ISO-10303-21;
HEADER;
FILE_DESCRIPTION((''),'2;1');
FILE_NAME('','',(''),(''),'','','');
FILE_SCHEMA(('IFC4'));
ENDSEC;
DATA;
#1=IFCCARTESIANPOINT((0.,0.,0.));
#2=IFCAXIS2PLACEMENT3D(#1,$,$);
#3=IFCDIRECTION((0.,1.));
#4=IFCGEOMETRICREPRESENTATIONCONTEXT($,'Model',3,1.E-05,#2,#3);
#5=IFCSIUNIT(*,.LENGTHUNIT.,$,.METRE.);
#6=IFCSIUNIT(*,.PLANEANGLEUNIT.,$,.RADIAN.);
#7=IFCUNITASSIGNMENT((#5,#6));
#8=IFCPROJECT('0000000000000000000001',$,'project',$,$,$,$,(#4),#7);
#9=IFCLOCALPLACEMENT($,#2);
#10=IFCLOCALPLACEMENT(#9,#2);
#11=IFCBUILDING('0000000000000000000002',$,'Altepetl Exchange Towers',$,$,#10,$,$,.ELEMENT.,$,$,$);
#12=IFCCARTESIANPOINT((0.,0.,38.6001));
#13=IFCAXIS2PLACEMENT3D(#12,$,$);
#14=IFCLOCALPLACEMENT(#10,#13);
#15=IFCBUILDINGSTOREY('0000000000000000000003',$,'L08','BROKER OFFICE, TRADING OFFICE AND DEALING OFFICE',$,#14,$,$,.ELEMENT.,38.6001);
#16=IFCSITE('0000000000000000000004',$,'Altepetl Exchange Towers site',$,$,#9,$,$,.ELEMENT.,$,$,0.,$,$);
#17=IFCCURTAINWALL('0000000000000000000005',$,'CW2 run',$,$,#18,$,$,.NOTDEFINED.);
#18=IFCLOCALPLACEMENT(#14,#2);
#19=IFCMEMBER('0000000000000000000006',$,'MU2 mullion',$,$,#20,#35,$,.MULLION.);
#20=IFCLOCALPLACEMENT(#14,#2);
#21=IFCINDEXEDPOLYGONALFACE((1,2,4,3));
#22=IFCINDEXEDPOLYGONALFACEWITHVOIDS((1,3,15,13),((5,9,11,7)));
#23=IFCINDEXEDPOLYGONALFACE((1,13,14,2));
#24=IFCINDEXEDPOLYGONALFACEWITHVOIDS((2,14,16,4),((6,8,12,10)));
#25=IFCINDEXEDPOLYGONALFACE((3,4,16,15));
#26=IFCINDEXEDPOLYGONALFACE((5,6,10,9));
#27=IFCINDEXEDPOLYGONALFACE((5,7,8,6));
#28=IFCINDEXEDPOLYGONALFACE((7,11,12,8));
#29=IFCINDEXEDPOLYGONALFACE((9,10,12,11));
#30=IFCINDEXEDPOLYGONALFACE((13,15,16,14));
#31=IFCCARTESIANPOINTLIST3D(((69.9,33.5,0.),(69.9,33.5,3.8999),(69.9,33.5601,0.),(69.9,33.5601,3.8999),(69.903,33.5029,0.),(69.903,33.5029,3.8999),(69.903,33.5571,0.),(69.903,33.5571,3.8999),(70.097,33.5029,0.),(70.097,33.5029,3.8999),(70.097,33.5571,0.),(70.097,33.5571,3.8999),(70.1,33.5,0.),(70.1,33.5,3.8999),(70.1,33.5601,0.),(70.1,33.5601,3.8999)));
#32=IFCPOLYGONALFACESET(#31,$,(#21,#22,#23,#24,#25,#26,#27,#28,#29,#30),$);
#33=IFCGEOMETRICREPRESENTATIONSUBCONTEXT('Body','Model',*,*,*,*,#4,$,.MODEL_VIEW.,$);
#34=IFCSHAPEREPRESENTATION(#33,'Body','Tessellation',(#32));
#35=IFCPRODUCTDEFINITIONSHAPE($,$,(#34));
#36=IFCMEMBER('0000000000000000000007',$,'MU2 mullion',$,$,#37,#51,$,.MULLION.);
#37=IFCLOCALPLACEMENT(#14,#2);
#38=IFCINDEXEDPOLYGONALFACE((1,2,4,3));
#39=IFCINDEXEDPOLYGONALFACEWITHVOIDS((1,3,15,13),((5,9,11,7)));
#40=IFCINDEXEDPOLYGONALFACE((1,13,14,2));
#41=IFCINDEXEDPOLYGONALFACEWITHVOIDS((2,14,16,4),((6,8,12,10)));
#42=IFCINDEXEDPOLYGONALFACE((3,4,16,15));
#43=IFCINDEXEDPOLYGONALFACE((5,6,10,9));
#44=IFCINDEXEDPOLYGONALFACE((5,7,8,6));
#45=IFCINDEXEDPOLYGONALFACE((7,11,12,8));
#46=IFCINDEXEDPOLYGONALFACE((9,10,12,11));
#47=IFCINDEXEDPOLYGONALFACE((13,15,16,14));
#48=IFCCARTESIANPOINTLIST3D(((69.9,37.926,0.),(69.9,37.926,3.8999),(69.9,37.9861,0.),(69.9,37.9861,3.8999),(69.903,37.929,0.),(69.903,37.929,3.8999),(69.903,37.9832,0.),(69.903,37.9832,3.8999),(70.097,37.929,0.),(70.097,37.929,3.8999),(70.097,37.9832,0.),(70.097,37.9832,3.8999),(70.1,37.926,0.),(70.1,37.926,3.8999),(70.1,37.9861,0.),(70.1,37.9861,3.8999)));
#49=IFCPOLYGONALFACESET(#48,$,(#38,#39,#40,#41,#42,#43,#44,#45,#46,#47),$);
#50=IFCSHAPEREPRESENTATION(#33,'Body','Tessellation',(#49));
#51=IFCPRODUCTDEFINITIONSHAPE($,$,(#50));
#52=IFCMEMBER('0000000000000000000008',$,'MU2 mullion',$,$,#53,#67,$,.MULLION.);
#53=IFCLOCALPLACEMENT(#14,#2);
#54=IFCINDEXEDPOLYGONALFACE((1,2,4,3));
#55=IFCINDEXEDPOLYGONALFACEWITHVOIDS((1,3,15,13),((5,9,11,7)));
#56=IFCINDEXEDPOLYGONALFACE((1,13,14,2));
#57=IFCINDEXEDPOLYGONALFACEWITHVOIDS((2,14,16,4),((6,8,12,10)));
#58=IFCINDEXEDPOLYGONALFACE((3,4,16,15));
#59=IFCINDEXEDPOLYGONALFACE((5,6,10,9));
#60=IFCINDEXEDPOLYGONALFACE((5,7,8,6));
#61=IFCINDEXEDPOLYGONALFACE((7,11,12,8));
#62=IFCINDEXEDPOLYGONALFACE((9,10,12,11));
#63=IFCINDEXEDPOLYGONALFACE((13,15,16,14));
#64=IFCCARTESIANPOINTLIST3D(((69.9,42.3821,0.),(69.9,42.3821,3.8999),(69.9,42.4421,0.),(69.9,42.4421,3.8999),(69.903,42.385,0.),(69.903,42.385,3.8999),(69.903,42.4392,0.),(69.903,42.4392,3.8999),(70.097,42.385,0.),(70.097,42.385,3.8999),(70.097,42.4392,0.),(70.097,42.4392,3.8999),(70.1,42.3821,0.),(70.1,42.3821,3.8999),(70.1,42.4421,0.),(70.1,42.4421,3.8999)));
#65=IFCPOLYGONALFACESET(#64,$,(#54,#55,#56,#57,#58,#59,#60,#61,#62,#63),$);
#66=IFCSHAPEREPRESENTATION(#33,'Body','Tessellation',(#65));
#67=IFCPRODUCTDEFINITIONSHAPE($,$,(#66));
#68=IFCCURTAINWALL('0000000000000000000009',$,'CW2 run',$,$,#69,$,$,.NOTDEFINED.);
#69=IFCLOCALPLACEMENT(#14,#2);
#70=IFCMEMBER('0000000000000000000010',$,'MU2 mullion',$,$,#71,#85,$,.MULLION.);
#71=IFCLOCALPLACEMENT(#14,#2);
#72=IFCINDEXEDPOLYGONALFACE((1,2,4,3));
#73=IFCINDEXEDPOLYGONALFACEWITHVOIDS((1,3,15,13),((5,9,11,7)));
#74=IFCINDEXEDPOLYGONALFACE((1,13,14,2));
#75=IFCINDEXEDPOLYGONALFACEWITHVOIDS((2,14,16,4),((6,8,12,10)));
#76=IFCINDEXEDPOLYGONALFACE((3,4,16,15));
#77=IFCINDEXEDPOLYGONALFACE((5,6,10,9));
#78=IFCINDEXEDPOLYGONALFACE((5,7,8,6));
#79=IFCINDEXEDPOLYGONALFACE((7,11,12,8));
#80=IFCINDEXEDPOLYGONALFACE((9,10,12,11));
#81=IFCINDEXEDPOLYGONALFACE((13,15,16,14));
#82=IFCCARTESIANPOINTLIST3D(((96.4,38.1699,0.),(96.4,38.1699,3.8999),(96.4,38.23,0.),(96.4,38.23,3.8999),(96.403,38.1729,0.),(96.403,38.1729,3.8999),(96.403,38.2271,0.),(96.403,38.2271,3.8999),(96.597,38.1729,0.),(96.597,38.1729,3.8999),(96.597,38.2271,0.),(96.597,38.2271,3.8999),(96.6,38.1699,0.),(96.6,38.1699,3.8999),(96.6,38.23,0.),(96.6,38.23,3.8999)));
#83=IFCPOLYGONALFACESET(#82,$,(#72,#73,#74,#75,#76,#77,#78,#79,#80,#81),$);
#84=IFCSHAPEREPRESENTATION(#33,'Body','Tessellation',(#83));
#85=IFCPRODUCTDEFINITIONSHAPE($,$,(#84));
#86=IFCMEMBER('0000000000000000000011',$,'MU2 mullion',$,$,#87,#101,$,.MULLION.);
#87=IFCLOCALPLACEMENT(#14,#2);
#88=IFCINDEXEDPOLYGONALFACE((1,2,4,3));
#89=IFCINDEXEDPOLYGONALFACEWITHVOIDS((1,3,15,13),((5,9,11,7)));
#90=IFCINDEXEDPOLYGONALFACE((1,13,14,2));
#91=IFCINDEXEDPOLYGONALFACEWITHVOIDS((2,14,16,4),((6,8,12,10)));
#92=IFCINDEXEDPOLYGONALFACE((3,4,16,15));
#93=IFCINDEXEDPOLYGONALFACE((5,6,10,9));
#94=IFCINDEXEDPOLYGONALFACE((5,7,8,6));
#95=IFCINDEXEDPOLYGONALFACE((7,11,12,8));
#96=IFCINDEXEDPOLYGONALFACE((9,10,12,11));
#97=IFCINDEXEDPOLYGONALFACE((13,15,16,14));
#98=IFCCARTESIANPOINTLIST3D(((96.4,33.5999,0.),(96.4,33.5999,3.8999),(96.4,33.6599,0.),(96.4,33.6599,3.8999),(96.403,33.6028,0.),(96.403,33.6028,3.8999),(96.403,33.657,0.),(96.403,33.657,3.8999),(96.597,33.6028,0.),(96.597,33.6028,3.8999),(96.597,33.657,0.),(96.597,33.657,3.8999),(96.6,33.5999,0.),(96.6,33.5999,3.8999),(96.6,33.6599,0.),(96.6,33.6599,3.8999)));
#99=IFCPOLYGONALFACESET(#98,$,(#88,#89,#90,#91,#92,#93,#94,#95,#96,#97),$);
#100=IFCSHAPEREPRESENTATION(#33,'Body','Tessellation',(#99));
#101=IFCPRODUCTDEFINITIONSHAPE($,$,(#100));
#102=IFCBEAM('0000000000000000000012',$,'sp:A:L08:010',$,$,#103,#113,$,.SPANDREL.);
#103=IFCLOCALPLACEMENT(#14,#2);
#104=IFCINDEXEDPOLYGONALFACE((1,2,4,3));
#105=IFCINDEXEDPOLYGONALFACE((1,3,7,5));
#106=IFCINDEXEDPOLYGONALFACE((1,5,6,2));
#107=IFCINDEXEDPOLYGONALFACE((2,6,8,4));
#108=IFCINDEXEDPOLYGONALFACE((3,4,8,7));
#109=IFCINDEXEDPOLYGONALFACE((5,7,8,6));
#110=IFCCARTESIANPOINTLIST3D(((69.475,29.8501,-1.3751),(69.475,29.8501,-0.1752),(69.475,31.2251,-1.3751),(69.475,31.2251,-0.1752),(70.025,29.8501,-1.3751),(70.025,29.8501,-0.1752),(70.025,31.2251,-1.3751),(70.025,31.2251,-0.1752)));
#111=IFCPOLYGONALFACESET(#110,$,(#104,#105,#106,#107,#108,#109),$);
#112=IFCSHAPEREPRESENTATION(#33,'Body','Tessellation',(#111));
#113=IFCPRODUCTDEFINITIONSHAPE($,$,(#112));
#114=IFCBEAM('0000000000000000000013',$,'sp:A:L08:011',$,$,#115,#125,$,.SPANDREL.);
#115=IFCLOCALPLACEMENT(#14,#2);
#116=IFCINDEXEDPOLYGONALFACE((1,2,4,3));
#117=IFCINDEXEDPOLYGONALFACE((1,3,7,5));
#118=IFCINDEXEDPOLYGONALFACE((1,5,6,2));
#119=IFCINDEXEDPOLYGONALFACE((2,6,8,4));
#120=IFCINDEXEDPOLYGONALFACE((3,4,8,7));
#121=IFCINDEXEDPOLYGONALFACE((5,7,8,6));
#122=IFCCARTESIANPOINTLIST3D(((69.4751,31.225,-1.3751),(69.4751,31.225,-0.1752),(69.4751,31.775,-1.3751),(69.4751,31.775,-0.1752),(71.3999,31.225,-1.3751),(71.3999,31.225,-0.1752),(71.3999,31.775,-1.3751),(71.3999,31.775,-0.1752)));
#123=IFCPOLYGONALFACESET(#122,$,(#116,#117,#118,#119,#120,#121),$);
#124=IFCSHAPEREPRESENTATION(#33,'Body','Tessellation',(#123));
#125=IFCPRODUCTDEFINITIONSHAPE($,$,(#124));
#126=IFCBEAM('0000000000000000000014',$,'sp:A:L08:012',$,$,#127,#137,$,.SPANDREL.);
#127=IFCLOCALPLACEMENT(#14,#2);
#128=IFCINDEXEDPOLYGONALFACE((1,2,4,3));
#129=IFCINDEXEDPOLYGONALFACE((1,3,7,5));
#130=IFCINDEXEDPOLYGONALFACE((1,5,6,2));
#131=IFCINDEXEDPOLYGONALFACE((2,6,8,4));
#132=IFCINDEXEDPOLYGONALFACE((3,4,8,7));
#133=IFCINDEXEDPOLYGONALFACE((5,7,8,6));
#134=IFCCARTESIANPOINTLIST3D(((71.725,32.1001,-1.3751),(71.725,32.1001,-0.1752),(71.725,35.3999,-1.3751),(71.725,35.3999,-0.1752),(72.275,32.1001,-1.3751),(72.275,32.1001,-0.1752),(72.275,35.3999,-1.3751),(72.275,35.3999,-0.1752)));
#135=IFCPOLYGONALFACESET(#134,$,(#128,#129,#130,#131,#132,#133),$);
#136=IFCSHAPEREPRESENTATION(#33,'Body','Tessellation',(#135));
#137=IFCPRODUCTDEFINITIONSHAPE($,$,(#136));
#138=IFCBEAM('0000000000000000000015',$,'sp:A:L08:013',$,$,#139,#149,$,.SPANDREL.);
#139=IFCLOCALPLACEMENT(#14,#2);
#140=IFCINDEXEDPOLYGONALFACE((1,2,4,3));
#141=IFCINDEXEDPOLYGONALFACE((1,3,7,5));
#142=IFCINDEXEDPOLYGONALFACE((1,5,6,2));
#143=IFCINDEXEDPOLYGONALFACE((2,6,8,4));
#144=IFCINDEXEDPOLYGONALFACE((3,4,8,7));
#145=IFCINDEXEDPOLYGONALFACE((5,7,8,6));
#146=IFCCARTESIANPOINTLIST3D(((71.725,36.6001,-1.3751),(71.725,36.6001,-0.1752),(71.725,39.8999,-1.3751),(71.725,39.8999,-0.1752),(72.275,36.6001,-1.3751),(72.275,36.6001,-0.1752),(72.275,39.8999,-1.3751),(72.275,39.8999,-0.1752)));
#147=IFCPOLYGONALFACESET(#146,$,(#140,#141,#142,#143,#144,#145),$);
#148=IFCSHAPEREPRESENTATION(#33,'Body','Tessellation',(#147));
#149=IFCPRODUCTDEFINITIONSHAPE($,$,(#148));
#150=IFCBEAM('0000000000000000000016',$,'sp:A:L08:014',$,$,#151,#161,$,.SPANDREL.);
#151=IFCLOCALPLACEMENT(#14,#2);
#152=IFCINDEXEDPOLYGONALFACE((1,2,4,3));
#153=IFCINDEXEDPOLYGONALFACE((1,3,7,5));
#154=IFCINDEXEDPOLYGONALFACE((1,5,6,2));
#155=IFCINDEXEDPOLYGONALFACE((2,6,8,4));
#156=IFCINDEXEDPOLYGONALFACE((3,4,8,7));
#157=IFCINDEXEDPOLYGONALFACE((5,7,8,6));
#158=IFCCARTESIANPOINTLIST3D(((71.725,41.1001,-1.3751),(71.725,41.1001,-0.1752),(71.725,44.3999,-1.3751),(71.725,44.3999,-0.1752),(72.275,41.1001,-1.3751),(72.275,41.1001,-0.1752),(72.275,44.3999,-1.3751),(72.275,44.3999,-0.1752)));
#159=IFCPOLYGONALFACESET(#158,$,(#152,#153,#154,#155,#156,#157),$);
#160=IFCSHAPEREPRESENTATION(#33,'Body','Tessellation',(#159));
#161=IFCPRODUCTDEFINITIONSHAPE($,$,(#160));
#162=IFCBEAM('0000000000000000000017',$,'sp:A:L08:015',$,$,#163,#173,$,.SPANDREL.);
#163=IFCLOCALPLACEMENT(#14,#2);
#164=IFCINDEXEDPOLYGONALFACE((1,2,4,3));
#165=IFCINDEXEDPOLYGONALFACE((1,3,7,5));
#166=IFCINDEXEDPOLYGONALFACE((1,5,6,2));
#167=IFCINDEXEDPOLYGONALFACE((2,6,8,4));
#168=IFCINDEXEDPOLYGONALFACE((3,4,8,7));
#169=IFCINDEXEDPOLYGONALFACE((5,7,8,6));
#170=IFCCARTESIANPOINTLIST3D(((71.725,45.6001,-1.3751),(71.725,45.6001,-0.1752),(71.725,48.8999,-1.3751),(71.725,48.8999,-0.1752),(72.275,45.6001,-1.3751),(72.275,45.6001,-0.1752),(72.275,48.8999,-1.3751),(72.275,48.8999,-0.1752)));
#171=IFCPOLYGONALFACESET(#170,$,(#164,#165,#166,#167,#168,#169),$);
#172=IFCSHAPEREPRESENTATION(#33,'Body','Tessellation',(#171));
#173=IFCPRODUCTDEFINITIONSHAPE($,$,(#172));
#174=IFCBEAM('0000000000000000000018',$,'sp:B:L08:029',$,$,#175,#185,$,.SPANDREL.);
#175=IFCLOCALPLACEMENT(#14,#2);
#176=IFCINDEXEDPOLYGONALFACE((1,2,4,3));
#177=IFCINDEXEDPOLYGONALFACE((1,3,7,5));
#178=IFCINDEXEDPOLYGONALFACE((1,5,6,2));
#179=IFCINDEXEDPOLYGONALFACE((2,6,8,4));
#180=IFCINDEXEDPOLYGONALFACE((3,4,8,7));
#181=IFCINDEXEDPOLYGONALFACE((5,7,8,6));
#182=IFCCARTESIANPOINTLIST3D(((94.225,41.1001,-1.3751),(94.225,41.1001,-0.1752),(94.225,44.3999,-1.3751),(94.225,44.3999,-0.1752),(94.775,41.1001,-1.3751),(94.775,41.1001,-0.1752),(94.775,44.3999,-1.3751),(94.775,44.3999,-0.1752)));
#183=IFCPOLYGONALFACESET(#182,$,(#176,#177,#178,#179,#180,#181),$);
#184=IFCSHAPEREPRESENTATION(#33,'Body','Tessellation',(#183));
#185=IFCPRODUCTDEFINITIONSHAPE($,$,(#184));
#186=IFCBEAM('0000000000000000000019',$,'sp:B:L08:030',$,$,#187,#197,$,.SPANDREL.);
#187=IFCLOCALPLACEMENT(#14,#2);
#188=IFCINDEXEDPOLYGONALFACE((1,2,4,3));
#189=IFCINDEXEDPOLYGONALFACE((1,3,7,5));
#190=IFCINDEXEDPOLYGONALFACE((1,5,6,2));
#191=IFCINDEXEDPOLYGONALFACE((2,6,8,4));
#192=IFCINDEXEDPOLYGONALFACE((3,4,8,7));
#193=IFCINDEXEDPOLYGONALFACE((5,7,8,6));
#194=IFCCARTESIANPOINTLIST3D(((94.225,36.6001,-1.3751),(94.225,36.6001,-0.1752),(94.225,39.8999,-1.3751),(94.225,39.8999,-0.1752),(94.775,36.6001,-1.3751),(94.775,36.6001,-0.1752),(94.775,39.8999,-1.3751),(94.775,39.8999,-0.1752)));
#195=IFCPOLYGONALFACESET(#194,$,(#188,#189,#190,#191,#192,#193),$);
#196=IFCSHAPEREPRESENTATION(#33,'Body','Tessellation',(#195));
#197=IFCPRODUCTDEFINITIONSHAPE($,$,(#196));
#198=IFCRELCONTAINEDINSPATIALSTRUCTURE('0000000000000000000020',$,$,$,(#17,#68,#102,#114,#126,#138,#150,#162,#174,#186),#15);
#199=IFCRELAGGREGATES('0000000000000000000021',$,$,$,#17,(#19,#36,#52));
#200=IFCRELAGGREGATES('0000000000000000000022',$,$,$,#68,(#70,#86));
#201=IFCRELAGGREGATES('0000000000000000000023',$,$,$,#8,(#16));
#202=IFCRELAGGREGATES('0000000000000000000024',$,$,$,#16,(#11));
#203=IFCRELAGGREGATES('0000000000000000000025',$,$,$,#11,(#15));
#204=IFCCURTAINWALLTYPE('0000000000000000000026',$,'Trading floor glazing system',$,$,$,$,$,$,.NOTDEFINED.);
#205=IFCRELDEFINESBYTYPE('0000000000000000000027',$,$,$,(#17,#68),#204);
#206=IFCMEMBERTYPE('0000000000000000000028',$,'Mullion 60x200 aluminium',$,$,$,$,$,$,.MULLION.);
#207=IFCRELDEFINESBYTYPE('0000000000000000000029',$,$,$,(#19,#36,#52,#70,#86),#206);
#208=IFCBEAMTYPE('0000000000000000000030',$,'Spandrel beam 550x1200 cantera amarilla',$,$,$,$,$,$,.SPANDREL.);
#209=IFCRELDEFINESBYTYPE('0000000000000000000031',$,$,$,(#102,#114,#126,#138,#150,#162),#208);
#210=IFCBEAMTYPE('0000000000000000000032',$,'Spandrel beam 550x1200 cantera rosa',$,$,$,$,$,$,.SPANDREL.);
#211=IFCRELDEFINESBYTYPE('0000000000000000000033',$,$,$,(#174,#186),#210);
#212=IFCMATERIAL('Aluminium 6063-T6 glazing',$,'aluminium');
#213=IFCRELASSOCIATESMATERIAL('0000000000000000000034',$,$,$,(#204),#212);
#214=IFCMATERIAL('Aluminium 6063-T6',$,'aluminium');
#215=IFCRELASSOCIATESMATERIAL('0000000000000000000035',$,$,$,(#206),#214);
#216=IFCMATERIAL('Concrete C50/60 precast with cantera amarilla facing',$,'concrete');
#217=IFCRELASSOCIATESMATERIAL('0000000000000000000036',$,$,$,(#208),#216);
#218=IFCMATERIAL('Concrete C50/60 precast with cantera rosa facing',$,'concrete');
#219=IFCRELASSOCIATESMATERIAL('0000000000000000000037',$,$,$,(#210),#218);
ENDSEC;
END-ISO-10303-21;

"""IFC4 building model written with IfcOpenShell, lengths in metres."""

from ifc_helpers import new_model, si_unit, direction, frame, origin, origin_2d, place, context, subcontext, project, spatial, rectangle, hollow_rectangle, extrude, material, material_profile, profile_set, type_object, element, aggregate, save


model = new_model("IFC4")

# Units and contexts
model_context = context("Model", 3, precision=1e-05, world=origin(), true_north=direction((0.0, 1.0)))
body_context = subcontext(model_context, "Body", "Model", "MODEL_VIEW")
ifc_project = project(units=[si_unit("LENGTHUNIT", "METRE"), si_unit("PLANEANGLEUNIT", "RADIAN")], contexts=[model_context])

# Site, building, storey
site_placement = place(None, origin())
site = spatial("IfcSite", under=ifc_project, at=site_placement, Name="Altepetl Exchange Towers site", CompositionType="ELEMENT", RefElevation=0.0)
building_placement = place(site_placement, origin())
building = spatial("IfcBuilding", under=site, at=building_placement, Name="Altepetl Exchange Towers", CompositionType="ELEMENT")
storey_placement = place(building_placement, frame((0.0, 0.0, 38.6001)))
storey = spatial("IfcBuildingStorey", under=building, at=storey_placement, Name="L08", Description="BROKER OFFICE, TRADING OFFICE AND DEALING OFFICE", CompositionType="ELEMENT", Elevation=38.6001)

# Curtain walls, members
ifc_material_1 = material(Name="Aluminium 6063-T6 glazing", Category="aluminium")
curtain_wall_type = type_object("IfcCurtainWallType", Name="Trading floor glazing system", PredefinedType="NOTDEFINED", material=ifc_material_1)
ifc_material_2 = material(Name="Aluminium 6063-T6", Category="aluminium")
ifc_material_profile_1 = material_profile(ifc_material_2, hollow_rectangle(XDim=0.0601, YDim=0.2, WallThickness=0.0029, at=origin_2d()), Name="Mullion 60x200 aluminium")
ifc_profile_set_1 = profile_set([ifc_material_profile_1], Name="Aluminium 6063-T6")
member_type = type_object("IfcMemberType", Name="Mullion 60x200 aluminium", PredefinedType="MULLION", material=ifc_profile_set_1)
curtain_wall_1_placement = place(storey_placement, origin())
curtain_wall_1 = element("IfcCurtainWall", 1, at=curtain_wall_1_placement, inside=storey, type_object=curtain_wall_type, Name="CW2 run", PredefinedType="NOTDEFINED")
member_1_placement = place(storey_placement, frame((70.0, 33.53, 0.0), z_axis=(0.0, 0.0, 1.0), x_axis=(0.0, 1.0, 0.0)))
member_1 = element("IfcMember", 2, at=member_1_placement, type_object=member_type, Name="MU2 mullion", PredefinedType="MULLION", context=body_context, shape_type="SweptSolid", body=[
    extrude(hollow_rectangle(XDim=0.0601, YDim=0.2, WallThickness=0.0029, at=origin_2d()), origin(), (0.0, 0.0, 1.0), 3.8999),
])
member_2_placement = place(storey_placement, frame((70.0, 37.9561, 0.0), z_axis=(0.0, 0.0, 1.0), x_axis=(0.0, 1.0, 0.0)))
member_2 = element("IfcMember", 3, at=member_2_placement, type_object=member_type, Name="MU2 mullion", PredefinedType="MULLION", context=body_context, shape_type="SweptSolid", body=[
    extrude(hollow_rectangle(XDim=0.0601, YDim=0.2, WallThickness=0.0029, at=origin_2d()), origin(), (0.0, 0.0, 1.0), 3.8999),
])
member_3_placement = place(storey_placement, frame((70.0, 42.4121, 0.0), z_axis=(0.0, 0.0, 1.0), x_axis=(0.0, 1.0, 0.0)))
member_3 = element("IfcMember", 4, at=member_3_placement, type_object=member_type, Name="MU2 mullion", PredefinedType="MULLION", context=body_context, shape_type="SweptSolid", body=[
    extrude(hollow_rectangle(XDim=0.0601, YDim=0.2, WallThickness=0.0029, at=origin_2d()), origin(), (0.0, 0.0, 1.0), 3.8999),
])
curtain_wall_2_placement = place(storey_placement, origin())
curtain_wall_2 = element("IfcCurtainWall", 5, at=curtain_wall_2_placement, inside=storey, type_object=curtain_wall_type, Name="CW2 run", PredefinedType="NOTDEFINED")
member_4_placement = place(storey_placement, frame((96.5, 38.2, 0.0), z_axis=(0.0, 0.0, 1.0), x_axis=(0.0, -1.0, 0.0)))
member_4 = element("IfcMember", 6, at=member_4_placement, type_object=member_type, Name="MU2 mullion", PredefinedType="MULLION", context=body_context, shape_type="SweptSolid", body=[
    extrude(hollow_rectangle(XDim=0.0601, YDim=0.2, WallThickness=0.0029, at=origin_2d()), origin(), (0.0, 0.0, 1.0), 3.8999),
])
member_5_placement = place(storey_placement, frame((96.5, 33.6299, 0.0), z_axis=(0.0, 0.0, 1.0), x_axis=(0.0, -1.0, 0.0)))
member_5 = element("IfcMember", 7, at=member_5_placement, type_object=member_type, Name="MU2 mullion", PredefinedType="MULLION", context=body_context, shape_type="SweptSolid", body=[
    extrude(hollow_rectangle(XDim=0.0601, YDim=0.2, WallThickness=0.0029, at=origin_2d()), origin(), (0.0, 0.0, 1.0), 3.8999),
])

# Beams
ifc_material_3 = material(Name="Concrete C50/60 precast with cantera amarilla facing", Category="concrete")
ifc_material_profile_2 = material_profile(ifc_material_3, rectangle(XDim=0.55, YDim=1.2, at=origin_2d()), Name="550 x 1200")
ifc_profile_set_2 = profile_set([ifc_material_profile_2], Name="Concrete C50/60 precast with cantera amarilla facing")
beam_type_1 = type_object("IfcBeamType", Name="Spandrel beam 550x1200 cantera amarilla", PredefinedType="SPANDREL", material=ifc_profile_set_2)
beam_1_placement = place(storey_placement, frame((69.75, 29.8501, -0.7751), z_axis=(0.0, 1.0, 0.0), x_axis=(-1.0, 0.0, 0.0)))
element("IfcBeam", 8, at=beam_1_placement, inside=storey, type_object=beam_type_1, Name="sp:A:L08:010", PredefinedType="SPANDREL", context=body_context, shape_type="SweptSolid", body=[
    extrude(rectangle(XDim=0.55, YDim=1.2, at=origin_2d()), origin(), (0.0, 0.0, 1.0), 1.375),
])
beam_2_placement = place(storey_placement, frame((69.4751, 31.5, -0.7751), z_axis=(1.0, 0.0, 0.0), x_axis=(0.0, 1.0, 0.0)))
element("IfcBeam", 9, at=beam_2_placement, inside=storey, type_object=beam_type_1, Name="sp:A:L08:011", PredefinedType="SPANDREL", context=body_context, shape_type="SweptSolid", body=[
    extrude(rectangle(XDim=0.55, YDim=1.2, at=origin_2d()), origin(), (0.0, 0.0, 1.0), 1.9248),
])
for number, where, z_axis, x_axis, name in (
    (10, (72.0, 32.1001, -0.7751), (0.0, 1.0, 0.0), (-1.0, 0.0, 0.0), "sp:A:L08:012"),
    (11, (72.0, 36.6001, -0.7751), (0.0, 1.0, 0.0), (-1.0, 0.0, 0.0), "sp:A:L08:013"),
    (12, (72.0, 41.1001, -0.7751), (0.0, 1.0, 0.0), (-1.0, 0.0, 0.0), "sp:A:L08:014"),
    (13, (72.0, 45.6001, -0.7751), (0.0, 1.0, 0.0), (-1.0, 0.0, 0.0), "sp:A:L08:015"),
):
    element("IfcBeam", number, at=place(storey_placement, frame(where, z_axis=z_axis, x_axis=x_axis)), inside=storey, type_object=beam_type_1, Name=name, PredefinedType="SPANDREL", context=body_context, shape_type="SweptSolid", body=[
        extrude(rectangle(XDim=0.55, YDim=1.2, at=origin_2d()), origin(), (0.0, 0.0, 1.0), 3.2998),
    ])
ifc_material_4 = material(Name="Concrete C50/60 precast with cantera rosa facing", Category="concrete")
ifc_material_profile_3 = material_profile(ifc_material_4, rectangle(XDim=0.55, YDim=1.2, at=origin_2d()), Name="550 x 1200")
ifc_profile_set_3 = profile_set([ifc_material_profile_3], Name="Concrete C50/60 precast with cantera rosa facing")
beam_type_2 = type_object("IfcBeamType", Name="Spandrel beam 550x1200 cantera rosa", PredefinedType="SPANDREL", material=ifc_profile_set_3)
for number, where, z_axis, x_axis, name in (
    (14, (94.5, 44.3999, -0.7751), (0.0, -1.0, 0.0), (1.0, 0.0, 0.0), "sp:B:L08:029"),
    (15, (94.5, 39.8999, -0.7751), (0.0, -1.0, 0.0), (1.0, 0.0, 0.0), "sp:B:L08:030"),
):
    element("IfcBeam", number, at=place(storey_placement, frame(where, z_axis=z_axis, x_axis=x_axis)), inside=storey, type_object=beam_type_2, Name=name, PredefinedType="SPANDREL", context=body_context, shape_type="SweptSolid", body=[
        extrude(rectangle(XDim=0.55, YDim=1.2, at=origin_2d()), origin(), (0.0, 0.0, 1.0), 3.2998),
    ])

aggregate(curtain_wall_1, [member_1, member_2, member_3])
aggregate(curtain_wall_2, [member_4, member_5])

save(model, "model.ifc")
